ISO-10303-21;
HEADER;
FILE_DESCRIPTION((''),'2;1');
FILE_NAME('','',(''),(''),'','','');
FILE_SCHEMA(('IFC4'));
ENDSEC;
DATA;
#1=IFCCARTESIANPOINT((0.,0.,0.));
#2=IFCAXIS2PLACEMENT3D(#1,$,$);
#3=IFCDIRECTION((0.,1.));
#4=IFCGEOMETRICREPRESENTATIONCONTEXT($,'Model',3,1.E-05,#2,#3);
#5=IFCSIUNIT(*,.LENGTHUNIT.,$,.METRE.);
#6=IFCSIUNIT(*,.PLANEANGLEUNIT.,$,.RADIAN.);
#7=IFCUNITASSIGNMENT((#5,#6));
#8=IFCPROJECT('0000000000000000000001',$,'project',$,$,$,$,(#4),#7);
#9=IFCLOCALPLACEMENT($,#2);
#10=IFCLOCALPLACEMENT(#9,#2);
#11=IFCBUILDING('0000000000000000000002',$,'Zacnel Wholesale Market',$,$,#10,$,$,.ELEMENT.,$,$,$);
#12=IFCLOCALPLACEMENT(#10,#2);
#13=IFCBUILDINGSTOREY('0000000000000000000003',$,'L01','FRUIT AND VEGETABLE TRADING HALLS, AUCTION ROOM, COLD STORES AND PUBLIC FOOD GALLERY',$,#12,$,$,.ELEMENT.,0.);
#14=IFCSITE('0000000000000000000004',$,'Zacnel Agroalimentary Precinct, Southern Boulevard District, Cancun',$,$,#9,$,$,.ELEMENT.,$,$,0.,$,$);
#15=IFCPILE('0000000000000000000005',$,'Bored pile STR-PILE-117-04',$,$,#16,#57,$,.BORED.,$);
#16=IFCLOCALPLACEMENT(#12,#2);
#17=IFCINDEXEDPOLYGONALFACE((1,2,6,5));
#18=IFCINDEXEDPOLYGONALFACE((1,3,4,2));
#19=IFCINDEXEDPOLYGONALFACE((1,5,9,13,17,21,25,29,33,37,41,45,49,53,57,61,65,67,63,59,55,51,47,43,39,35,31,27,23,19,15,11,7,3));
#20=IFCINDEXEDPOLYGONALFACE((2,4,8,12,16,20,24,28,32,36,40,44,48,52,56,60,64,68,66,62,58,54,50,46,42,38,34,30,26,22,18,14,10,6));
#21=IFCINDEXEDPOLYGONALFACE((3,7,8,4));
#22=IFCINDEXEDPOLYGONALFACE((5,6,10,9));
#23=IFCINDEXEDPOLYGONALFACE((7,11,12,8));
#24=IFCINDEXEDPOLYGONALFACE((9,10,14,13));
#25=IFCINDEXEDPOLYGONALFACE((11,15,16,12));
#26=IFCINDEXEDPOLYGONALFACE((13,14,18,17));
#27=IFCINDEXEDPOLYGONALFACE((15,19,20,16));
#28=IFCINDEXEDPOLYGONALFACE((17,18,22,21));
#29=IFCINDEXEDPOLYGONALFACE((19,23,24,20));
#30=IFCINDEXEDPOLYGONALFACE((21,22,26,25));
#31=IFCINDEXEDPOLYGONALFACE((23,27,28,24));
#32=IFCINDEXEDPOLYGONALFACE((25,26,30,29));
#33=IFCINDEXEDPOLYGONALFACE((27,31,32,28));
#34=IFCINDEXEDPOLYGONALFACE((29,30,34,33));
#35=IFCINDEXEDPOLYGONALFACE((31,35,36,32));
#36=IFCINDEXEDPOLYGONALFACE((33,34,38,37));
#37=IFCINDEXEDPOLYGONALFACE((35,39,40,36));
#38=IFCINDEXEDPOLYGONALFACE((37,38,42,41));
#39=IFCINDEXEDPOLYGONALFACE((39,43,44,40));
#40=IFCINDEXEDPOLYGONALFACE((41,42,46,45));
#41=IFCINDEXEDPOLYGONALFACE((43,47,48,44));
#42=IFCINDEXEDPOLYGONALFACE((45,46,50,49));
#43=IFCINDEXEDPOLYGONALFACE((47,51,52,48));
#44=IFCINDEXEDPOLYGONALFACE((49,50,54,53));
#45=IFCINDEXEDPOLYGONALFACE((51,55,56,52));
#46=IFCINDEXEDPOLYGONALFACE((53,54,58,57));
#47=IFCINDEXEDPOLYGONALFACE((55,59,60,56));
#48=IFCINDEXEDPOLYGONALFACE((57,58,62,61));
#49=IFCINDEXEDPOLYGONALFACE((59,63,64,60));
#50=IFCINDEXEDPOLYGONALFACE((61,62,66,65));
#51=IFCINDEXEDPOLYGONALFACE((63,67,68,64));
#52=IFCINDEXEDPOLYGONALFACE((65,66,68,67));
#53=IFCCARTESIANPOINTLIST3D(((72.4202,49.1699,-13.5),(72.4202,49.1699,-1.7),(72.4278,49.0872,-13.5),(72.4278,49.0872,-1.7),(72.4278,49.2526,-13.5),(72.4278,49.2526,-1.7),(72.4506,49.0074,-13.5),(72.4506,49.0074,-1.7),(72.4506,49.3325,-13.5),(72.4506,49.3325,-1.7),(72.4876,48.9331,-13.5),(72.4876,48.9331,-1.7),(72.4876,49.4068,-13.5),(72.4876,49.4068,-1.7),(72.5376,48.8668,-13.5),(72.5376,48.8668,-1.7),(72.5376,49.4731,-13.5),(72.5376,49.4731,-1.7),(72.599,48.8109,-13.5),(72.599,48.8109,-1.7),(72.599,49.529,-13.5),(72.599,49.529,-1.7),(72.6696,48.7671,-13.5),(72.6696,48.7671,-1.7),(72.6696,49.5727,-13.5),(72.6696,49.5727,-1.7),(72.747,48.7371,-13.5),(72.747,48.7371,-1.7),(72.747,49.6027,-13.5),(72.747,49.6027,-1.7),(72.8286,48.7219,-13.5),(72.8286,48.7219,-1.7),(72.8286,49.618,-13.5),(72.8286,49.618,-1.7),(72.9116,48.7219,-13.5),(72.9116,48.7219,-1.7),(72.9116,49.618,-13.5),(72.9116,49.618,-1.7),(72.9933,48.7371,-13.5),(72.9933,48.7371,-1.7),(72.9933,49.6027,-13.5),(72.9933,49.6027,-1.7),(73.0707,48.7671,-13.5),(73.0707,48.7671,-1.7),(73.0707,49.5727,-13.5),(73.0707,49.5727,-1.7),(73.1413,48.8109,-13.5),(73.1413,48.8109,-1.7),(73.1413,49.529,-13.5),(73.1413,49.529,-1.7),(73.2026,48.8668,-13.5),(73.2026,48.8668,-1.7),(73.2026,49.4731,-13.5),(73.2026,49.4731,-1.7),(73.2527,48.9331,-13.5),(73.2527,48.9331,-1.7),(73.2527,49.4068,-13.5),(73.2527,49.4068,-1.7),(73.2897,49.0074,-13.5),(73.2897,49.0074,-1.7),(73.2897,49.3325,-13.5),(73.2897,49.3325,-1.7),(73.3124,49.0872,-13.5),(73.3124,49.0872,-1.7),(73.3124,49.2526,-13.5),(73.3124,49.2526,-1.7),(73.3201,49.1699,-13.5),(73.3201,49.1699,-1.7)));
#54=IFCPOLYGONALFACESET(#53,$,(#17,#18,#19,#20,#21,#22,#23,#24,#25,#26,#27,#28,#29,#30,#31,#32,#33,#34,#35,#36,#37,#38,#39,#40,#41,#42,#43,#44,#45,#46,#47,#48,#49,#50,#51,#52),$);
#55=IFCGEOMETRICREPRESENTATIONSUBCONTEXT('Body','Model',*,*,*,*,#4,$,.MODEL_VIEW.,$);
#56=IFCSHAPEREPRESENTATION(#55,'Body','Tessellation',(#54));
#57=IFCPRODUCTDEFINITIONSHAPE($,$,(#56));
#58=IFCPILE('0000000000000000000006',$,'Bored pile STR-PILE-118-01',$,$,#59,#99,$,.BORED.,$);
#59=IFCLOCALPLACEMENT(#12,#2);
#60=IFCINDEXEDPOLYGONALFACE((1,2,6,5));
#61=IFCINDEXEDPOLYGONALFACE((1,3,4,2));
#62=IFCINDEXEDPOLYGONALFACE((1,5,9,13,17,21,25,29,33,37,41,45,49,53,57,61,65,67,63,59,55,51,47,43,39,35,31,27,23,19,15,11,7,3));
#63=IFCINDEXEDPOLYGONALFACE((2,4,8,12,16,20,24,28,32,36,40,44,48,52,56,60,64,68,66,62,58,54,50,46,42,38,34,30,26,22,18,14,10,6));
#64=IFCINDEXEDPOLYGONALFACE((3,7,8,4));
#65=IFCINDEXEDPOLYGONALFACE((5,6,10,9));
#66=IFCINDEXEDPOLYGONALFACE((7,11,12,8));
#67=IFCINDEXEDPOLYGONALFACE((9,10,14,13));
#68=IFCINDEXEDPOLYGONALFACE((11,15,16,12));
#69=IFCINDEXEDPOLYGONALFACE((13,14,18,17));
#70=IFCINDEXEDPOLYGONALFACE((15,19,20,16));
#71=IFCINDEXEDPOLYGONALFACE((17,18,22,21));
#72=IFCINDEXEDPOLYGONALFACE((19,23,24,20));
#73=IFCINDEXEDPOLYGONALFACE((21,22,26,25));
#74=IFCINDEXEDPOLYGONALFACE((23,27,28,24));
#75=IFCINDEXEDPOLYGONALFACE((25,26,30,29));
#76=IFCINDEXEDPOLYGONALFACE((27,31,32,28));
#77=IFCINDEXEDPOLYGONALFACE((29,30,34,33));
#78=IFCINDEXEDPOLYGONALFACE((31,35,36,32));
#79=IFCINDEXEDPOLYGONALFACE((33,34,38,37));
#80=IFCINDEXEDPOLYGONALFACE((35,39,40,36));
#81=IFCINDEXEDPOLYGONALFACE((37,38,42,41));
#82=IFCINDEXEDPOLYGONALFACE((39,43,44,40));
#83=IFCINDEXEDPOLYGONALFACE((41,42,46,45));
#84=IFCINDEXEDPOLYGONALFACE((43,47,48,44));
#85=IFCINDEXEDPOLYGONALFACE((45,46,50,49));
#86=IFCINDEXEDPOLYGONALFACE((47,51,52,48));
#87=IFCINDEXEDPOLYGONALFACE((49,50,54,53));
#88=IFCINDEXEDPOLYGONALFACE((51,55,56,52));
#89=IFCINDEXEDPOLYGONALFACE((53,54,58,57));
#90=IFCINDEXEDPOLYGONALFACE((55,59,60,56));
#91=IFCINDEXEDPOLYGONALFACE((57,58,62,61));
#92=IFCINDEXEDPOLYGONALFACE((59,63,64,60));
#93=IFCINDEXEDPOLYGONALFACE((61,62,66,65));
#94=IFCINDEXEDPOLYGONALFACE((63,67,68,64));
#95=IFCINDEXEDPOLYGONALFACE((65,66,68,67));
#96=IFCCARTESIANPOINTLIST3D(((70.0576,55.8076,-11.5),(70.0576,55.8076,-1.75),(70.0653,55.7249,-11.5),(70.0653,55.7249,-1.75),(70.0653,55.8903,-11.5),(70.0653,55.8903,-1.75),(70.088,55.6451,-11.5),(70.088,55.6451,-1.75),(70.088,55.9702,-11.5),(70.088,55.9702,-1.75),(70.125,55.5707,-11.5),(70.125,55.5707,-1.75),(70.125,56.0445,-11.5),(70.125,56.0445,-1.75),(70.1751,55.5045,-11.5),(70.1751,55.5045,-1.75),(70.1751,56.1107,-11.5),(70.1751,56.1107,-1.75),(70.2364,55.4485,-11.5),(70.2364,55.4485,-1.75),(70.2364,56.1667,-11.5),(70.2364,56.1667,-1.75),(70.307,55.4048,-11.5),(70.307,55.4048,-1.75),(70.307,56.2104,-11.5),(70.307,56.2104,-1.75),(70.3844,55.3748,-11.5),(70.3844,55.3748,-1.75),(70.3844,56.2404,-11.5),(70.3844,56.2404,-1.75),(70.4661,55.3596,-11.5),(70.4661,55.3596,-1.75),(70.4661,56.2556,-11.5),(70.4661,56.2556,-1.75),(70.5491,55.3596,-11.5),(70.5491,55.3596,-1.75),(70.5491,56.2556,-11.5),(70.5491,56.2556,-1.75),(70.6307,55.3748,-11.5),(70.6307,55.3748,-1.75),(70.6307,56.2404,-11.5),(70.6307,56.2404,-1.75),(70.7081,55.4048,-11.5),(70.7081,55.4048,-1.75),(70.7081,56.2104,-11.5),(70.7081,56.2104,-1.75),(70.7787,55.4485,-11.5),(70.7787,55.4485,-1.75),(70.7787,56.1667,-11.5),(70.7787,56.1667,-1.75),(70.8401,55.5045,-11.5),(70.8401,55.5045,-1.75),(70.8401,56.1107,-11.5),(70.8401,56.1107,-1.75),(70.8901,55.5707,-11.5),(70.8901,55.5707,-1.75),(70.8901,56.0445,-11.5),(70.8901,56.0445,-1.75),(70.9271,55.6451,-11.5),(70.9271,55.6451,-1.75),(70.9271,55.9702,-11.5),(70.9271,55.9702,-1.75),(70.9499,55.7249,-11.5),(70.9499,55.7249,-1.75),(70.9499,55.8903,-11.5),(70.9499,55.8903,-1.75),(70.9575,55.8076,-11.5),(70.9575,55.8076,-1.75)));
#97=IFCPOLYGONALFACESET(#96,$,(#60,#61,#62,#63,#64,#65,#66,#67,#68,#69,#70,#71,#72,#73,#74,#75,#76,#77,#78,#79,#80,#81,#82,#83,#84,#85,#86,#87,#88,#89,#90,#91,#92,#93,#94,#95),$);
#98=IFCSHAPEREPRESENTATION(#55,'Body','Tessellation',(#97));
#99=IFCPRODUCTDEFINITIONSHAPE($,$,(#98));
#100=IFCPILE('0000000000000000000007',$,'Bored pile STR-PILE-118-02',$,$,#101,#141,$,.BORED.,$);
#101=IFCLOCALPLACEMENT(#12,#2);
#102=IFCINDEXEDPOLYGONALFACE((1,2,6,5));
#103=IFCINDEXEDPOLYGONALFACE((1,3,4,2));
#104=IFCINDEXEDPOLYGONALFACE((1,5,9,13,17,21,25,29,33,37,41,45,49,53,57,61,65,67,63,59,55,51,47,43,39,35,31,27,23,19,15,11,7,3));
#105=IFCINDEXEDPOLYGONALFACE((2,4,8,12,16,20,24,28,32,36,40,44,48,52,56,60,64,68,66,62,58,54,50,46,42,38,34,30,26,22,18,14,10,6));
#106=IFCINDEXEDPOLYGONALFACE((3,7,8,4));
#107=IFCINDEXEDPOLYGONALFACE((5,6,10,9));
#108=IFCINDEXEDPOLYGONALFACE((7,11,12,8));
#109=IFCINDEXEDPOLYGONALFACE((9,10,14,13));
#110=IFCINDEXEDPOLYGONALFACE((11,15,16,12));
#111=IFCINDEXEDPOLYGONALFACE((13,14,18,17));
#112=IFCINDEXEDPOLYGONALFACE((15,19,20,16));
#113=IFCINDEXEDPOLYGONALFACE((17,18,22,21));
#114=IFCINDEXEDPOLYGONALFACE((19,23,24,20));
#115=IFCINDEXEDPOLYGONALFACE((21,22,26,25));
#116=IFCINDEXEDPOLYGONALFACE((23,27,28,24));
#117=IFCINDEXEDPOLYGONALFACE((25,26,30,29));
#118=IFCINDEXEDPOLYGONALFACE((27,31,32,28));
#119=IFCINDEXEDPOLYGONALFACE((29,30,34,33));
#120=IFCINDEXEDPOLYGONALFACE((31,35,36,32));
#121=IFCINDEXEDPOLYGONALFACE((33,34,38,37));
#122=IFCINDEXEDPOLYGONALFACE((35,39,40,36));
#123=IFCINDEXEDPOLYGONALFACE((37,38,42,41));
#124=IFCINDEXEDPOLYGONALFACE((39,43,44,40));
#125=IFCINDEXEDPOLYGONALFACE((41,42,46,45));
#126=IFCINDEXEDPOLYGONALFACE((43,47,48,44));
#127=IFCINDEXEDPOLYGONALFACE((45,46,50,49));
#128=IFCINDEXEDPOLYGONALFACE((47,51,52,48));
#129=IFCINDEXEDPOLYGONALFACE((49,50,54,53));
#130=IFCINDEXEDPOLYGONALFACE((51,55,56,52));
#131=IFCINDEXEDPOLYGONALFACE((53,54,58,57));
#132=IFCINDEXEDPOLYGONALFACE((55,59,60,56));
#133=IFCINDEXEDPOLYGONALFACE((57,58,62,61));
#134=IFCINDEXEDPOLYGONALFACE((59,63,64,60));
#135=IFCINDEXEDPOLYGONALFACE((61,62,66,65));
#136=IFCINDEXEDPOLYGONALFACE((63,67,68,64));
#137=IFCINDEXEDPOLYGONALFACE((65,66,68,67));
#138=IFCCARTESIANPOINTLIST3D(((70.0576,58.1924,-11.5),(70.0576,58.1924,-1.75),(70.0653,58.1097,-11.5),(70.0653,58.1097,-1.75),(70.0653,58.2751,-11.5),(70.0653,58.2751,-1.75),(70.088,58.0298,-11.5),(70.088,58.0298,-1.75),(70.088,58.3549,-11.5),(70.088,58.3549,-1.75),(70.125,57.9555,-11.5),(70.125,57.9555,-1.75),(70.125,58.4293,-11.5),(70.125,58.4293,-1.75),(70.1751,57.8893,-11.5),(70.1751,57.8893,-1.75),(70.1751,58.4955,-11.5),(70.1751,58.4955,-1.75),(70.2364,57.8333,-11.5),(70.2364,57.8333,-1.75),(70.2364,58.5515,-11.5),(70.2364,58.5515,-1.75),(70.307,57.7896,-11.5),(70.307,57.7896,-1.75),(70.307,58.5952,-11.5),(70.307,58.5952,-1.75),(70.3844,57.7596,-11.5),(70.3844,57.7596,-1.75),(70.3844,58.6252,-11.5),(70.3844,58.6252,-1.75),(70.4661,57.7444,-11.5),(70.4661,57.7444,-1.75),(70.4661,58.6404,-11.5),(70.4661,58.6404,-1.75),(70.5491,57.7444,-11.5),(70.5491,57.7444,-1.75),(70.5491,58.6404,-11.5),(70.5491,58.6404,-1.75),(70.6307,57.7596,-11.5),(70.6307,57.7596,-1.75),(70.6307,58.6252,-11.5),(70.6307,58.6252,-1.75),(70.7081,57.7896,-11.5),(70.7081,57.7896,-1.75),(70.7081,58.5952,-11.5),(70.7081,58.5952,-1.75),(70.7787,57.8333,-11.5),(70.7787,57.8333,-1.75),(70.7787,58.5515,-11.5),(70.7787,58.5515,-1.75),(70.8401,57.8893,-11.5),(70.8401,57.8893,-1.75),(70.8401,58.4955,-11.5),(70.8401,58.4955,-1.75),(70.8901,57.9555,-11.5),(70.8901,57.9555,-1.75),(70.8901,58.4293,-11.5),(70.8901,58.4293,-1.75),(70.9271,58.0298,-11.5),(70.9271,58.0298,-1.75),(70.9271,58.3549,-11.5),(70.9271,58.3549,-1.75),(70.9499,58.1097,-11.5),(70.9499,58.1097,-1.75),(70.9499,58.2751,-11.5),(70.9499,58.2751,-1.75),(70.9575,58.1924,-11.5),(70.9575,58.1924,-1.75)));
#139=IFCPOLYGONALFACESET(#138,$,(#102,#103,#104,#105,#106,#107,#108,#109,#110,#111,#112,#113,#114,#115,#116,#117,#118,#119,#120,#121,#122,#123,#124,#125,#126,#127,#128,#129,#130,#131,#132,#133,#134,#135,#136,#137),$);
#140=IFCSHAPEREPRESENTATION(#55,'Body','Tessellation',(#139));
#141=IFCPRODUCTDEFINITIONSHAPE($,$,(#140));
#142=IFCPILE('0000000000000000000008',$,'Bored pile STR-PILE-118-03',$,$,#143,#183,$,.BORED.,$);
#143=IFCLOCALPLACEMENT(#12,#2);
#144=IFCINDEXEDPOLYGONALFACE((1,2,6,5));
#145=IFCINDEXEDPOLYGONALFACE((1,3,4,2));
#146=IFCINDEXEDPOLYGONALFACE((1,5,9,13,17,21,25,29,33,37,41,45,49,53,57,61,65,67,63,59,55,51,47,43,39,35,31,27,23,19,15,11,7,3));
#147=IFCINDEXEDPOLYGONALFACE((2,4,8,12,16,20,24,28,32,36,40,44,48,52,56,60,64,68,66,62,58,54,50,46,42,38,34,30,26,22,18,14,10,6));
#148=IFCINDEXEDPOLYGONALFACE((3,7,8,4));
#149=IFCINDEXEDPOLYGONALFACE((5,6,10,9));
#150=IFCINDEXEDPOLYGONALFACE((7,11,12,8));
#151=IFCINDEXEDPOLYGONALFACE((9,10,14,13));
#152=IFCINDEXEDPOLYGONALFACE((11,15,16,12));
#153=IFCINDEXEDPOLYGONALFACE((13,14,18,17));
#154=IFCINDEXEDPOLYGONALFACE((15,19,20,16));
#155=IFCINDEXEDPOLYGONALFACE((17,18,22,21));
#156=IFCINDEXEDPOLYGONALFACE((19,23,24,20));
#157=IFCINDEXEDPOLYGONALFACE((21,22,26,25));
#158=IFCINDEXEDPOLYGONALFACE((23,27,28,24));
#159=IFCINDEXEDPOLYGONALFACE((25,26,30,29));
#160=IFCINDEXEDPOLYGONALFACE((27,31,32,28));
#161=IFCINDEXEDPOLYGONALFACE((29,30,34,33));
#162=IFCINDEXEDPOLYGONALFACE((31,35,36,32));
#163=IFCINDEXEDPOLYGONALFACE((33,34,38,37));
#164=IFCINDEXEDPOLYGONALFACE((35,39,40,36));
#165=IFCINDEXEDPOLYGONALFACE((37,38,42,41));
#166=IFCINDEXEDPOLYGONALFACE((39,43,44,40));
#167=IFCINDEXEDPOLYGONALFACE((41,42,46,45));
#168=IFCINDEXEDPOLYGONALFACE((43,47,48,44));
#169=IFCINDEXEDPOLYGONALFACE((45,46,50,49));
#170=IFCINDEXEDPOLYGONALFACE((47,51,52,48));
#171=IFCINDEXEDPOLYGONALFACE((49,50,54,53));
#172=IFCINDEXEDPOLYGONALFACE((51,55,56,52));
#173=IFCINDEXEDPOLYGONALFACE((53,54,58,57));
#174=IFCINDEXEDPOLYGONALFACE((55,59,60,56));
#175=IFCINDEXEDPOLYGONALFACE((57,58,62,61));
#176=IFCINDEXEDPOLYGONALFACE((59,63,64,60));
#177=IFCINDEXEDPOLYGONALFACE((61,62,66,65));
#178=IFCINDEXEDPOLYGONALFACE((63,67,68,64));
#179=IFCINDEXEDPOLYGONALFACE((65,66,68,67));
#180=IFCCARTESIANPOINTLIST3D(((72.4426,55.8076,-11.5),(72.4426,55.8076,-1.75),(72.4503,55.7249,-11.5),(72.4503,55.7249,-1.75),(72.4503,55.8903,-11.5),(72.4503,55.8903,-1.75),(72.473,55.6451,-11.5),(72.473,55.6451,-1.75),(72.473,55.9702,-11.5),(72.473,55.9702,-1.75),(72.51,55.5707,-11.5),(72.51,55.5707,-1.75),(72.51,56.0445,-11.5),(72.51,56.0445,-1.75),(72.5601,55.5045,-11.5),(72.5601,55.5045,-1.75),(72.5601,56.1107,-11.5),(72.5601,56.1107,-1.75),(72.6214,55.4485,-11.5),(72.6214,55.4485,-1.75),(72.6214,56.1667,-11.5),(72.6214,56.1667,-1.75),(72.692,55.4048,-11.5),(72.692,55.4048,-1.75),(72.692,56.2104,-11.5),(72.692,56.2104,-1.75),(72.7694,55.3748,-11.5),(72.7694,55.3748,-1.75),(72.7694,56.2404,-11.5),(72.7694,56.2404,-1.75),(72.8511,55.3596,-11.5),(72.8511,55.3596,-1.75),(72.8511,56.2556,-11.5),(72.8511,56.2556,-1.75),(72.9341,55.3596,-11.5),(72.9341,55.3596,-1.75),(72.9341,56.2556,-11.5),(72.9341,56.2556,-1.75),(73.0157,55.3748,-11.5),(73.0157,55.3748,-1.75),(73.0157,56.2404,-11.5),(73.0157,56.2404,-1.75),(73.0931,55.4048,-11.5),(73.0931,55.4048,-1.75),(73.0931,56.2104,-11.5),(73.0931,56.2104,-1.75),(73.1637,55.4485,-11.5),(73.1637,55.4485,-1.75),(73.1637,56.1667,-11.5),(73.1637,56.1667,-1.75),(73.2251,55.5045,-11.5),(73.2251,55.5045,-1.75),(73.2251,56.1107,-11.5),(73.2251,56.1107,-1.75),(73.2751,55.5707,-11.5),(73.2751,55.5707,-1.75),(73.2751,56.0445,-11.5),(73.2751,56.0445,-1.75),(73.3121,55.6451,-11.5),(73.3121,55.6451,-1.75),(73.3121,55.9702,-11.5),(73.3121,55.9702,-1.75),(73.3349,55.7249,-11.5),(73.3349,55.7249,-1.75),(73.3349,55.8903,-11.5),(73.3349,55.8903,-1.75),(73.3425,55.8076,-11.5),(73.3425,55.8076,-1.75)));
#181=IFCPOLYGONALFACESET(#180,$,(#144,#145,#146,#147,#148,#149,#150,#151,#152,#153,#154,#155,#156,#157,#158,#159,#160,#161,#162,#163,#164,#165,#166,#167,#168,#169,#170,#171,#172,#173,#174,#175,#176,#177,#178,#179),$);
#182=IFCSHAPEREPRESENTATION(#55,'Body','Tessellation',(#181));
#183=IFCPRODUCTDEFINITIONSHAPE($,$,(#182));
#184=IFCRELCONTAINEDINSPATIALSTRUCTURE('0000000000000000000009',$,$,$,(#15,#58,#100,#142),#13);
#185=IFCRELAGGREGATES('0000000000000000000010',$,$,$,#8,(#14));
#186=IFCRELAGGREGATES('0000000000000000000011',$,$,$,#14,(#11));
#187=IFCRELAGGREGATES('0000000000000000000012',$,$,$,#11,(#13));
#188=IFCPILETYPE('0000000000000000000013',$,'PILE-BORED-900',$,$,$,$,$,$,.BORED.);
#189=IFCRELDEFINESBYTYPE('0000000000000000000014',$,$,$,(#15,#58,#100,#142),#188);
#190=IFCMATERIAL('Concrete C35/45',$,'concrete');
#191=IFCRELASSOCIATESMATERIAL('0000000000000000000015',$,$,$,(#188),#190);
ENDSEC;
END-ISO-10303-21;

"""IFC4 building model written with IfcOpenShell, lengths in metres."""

from ifc_helpers import new_model, si_unit, direction, frame, origin, origin_2d, place, context, subcontext, project, spatial, circle, extrude, material, material_profile, profile_set, type_object, element, save


model = new_model("IFC4")

# Units and contexts
model_context = context("Model", 3, precision=1e-05, world=origin(), true_north=direction((0.0, 1.0)))
body_context = subcontext(model_context, "Body", "Model", "MODEL_VIEW")
ifc_project = project(units=[si_unit("LENGTHUNIT", "METRE"), si_unit("PLANEANGLEUNIT", "RADIAN")], contexts=[model_context])

# Site, building, storey
site_placement = place(None, origin())
site = spatial("IfcSite", under=ifc_project, at=site_placement, Name="Zacnel Agroalimentary Precinct, Southern Boulevard District, Cancun", CompositionType="ELEMENT", RefElevation=0.0)
building_placement = place(site_placement, origin())
building = spatial("IfcBuilding", under=site, at=building_placement, Name="Zacnel Wholesale Market", CompositionType="ELEMENT")
storey_placement = place(building_placement, origin())
storey = spatial("IfcBuildingStorey", under=building, at=storey_placement, Name="L01", Description="FRUIT AND VEGETABLE TRADING HALLS, AUCTION ROOM, COLD STORES AND PUBLIC FOOD GALLERY", CompositionType="ELEMENT", Elevation=0.0)

# Piles
ifc_material_1 = material(Name="Concrete C35/45", Category="concrete")
ifc_material_profile_1 = material_profile(ifc_material_1, circle(Radius=0.45, at=origin_2d()), Name="BORED PILE D900")
ifc_profile_set_1 = profile_set([ifc_material_profile_1], Name="Concrete C35/45")
pile_type = type_object("IfcPileType", Name="PILE-BORED-900", PredefinedType="BORED", material=ifc_profile_set_1)
for number, where, z_axis, x_axis, name in (
    (1, (72.8701, 49.1699, -1.7), (0.0, 0.0, -1.0), (1.0, 0.0, 0.0), "Bored pile STR-PILE-117-04"),
):
    element("IfcPile", number, at=place(storey_placement, frame(where, z_axis=z_axis, x_axis=x_axis)), inside=storey, type_object=pile_type, Name=name, PredefinedType="BORED", context=body_context, shape_type="SweptSolid", body=[
        extrude(circle(Radius=0.45, at=origin_2d()), origin(), (0.0, 0.0, 1.0), 11.8),
    ])
for number, where, z_axis, x_axis, name in (
    (2, (70.5076, 55.8076, -1.75), (0.0, 0.0, -1.0), (1.0, 0.0, 0.0), "Bored pile STR-PILE-118-01"),
    (3, (70.5076, 58.1924, -1.75), (0.0, 0.0, -1.0), (1.0, 0.0, 0.0), "Bored pile STR-PILE-118-02"),
    (4, (72.8926, 55.8076, -1.75), (0.0, 0.0, -1.0), (1.0, 0.0, 0.0), "Bored pile STR-PILE-118-03"),
):
    element("IfcPile", number, at=place(storey_placement, frame(where, z_axis=z_axis, x_axis=x_axis)), inside=storey, type_object=pile_type, Name=name, PredefinedType="BORED", context=body_context, shape_type="SweptSolid", body=[
        extrude(circle(Radius=0.45, at=origin_2d()), origin(), (0.0, 0.0, 1.0), 9.75),
    ])

save(model, "model.ifc")
